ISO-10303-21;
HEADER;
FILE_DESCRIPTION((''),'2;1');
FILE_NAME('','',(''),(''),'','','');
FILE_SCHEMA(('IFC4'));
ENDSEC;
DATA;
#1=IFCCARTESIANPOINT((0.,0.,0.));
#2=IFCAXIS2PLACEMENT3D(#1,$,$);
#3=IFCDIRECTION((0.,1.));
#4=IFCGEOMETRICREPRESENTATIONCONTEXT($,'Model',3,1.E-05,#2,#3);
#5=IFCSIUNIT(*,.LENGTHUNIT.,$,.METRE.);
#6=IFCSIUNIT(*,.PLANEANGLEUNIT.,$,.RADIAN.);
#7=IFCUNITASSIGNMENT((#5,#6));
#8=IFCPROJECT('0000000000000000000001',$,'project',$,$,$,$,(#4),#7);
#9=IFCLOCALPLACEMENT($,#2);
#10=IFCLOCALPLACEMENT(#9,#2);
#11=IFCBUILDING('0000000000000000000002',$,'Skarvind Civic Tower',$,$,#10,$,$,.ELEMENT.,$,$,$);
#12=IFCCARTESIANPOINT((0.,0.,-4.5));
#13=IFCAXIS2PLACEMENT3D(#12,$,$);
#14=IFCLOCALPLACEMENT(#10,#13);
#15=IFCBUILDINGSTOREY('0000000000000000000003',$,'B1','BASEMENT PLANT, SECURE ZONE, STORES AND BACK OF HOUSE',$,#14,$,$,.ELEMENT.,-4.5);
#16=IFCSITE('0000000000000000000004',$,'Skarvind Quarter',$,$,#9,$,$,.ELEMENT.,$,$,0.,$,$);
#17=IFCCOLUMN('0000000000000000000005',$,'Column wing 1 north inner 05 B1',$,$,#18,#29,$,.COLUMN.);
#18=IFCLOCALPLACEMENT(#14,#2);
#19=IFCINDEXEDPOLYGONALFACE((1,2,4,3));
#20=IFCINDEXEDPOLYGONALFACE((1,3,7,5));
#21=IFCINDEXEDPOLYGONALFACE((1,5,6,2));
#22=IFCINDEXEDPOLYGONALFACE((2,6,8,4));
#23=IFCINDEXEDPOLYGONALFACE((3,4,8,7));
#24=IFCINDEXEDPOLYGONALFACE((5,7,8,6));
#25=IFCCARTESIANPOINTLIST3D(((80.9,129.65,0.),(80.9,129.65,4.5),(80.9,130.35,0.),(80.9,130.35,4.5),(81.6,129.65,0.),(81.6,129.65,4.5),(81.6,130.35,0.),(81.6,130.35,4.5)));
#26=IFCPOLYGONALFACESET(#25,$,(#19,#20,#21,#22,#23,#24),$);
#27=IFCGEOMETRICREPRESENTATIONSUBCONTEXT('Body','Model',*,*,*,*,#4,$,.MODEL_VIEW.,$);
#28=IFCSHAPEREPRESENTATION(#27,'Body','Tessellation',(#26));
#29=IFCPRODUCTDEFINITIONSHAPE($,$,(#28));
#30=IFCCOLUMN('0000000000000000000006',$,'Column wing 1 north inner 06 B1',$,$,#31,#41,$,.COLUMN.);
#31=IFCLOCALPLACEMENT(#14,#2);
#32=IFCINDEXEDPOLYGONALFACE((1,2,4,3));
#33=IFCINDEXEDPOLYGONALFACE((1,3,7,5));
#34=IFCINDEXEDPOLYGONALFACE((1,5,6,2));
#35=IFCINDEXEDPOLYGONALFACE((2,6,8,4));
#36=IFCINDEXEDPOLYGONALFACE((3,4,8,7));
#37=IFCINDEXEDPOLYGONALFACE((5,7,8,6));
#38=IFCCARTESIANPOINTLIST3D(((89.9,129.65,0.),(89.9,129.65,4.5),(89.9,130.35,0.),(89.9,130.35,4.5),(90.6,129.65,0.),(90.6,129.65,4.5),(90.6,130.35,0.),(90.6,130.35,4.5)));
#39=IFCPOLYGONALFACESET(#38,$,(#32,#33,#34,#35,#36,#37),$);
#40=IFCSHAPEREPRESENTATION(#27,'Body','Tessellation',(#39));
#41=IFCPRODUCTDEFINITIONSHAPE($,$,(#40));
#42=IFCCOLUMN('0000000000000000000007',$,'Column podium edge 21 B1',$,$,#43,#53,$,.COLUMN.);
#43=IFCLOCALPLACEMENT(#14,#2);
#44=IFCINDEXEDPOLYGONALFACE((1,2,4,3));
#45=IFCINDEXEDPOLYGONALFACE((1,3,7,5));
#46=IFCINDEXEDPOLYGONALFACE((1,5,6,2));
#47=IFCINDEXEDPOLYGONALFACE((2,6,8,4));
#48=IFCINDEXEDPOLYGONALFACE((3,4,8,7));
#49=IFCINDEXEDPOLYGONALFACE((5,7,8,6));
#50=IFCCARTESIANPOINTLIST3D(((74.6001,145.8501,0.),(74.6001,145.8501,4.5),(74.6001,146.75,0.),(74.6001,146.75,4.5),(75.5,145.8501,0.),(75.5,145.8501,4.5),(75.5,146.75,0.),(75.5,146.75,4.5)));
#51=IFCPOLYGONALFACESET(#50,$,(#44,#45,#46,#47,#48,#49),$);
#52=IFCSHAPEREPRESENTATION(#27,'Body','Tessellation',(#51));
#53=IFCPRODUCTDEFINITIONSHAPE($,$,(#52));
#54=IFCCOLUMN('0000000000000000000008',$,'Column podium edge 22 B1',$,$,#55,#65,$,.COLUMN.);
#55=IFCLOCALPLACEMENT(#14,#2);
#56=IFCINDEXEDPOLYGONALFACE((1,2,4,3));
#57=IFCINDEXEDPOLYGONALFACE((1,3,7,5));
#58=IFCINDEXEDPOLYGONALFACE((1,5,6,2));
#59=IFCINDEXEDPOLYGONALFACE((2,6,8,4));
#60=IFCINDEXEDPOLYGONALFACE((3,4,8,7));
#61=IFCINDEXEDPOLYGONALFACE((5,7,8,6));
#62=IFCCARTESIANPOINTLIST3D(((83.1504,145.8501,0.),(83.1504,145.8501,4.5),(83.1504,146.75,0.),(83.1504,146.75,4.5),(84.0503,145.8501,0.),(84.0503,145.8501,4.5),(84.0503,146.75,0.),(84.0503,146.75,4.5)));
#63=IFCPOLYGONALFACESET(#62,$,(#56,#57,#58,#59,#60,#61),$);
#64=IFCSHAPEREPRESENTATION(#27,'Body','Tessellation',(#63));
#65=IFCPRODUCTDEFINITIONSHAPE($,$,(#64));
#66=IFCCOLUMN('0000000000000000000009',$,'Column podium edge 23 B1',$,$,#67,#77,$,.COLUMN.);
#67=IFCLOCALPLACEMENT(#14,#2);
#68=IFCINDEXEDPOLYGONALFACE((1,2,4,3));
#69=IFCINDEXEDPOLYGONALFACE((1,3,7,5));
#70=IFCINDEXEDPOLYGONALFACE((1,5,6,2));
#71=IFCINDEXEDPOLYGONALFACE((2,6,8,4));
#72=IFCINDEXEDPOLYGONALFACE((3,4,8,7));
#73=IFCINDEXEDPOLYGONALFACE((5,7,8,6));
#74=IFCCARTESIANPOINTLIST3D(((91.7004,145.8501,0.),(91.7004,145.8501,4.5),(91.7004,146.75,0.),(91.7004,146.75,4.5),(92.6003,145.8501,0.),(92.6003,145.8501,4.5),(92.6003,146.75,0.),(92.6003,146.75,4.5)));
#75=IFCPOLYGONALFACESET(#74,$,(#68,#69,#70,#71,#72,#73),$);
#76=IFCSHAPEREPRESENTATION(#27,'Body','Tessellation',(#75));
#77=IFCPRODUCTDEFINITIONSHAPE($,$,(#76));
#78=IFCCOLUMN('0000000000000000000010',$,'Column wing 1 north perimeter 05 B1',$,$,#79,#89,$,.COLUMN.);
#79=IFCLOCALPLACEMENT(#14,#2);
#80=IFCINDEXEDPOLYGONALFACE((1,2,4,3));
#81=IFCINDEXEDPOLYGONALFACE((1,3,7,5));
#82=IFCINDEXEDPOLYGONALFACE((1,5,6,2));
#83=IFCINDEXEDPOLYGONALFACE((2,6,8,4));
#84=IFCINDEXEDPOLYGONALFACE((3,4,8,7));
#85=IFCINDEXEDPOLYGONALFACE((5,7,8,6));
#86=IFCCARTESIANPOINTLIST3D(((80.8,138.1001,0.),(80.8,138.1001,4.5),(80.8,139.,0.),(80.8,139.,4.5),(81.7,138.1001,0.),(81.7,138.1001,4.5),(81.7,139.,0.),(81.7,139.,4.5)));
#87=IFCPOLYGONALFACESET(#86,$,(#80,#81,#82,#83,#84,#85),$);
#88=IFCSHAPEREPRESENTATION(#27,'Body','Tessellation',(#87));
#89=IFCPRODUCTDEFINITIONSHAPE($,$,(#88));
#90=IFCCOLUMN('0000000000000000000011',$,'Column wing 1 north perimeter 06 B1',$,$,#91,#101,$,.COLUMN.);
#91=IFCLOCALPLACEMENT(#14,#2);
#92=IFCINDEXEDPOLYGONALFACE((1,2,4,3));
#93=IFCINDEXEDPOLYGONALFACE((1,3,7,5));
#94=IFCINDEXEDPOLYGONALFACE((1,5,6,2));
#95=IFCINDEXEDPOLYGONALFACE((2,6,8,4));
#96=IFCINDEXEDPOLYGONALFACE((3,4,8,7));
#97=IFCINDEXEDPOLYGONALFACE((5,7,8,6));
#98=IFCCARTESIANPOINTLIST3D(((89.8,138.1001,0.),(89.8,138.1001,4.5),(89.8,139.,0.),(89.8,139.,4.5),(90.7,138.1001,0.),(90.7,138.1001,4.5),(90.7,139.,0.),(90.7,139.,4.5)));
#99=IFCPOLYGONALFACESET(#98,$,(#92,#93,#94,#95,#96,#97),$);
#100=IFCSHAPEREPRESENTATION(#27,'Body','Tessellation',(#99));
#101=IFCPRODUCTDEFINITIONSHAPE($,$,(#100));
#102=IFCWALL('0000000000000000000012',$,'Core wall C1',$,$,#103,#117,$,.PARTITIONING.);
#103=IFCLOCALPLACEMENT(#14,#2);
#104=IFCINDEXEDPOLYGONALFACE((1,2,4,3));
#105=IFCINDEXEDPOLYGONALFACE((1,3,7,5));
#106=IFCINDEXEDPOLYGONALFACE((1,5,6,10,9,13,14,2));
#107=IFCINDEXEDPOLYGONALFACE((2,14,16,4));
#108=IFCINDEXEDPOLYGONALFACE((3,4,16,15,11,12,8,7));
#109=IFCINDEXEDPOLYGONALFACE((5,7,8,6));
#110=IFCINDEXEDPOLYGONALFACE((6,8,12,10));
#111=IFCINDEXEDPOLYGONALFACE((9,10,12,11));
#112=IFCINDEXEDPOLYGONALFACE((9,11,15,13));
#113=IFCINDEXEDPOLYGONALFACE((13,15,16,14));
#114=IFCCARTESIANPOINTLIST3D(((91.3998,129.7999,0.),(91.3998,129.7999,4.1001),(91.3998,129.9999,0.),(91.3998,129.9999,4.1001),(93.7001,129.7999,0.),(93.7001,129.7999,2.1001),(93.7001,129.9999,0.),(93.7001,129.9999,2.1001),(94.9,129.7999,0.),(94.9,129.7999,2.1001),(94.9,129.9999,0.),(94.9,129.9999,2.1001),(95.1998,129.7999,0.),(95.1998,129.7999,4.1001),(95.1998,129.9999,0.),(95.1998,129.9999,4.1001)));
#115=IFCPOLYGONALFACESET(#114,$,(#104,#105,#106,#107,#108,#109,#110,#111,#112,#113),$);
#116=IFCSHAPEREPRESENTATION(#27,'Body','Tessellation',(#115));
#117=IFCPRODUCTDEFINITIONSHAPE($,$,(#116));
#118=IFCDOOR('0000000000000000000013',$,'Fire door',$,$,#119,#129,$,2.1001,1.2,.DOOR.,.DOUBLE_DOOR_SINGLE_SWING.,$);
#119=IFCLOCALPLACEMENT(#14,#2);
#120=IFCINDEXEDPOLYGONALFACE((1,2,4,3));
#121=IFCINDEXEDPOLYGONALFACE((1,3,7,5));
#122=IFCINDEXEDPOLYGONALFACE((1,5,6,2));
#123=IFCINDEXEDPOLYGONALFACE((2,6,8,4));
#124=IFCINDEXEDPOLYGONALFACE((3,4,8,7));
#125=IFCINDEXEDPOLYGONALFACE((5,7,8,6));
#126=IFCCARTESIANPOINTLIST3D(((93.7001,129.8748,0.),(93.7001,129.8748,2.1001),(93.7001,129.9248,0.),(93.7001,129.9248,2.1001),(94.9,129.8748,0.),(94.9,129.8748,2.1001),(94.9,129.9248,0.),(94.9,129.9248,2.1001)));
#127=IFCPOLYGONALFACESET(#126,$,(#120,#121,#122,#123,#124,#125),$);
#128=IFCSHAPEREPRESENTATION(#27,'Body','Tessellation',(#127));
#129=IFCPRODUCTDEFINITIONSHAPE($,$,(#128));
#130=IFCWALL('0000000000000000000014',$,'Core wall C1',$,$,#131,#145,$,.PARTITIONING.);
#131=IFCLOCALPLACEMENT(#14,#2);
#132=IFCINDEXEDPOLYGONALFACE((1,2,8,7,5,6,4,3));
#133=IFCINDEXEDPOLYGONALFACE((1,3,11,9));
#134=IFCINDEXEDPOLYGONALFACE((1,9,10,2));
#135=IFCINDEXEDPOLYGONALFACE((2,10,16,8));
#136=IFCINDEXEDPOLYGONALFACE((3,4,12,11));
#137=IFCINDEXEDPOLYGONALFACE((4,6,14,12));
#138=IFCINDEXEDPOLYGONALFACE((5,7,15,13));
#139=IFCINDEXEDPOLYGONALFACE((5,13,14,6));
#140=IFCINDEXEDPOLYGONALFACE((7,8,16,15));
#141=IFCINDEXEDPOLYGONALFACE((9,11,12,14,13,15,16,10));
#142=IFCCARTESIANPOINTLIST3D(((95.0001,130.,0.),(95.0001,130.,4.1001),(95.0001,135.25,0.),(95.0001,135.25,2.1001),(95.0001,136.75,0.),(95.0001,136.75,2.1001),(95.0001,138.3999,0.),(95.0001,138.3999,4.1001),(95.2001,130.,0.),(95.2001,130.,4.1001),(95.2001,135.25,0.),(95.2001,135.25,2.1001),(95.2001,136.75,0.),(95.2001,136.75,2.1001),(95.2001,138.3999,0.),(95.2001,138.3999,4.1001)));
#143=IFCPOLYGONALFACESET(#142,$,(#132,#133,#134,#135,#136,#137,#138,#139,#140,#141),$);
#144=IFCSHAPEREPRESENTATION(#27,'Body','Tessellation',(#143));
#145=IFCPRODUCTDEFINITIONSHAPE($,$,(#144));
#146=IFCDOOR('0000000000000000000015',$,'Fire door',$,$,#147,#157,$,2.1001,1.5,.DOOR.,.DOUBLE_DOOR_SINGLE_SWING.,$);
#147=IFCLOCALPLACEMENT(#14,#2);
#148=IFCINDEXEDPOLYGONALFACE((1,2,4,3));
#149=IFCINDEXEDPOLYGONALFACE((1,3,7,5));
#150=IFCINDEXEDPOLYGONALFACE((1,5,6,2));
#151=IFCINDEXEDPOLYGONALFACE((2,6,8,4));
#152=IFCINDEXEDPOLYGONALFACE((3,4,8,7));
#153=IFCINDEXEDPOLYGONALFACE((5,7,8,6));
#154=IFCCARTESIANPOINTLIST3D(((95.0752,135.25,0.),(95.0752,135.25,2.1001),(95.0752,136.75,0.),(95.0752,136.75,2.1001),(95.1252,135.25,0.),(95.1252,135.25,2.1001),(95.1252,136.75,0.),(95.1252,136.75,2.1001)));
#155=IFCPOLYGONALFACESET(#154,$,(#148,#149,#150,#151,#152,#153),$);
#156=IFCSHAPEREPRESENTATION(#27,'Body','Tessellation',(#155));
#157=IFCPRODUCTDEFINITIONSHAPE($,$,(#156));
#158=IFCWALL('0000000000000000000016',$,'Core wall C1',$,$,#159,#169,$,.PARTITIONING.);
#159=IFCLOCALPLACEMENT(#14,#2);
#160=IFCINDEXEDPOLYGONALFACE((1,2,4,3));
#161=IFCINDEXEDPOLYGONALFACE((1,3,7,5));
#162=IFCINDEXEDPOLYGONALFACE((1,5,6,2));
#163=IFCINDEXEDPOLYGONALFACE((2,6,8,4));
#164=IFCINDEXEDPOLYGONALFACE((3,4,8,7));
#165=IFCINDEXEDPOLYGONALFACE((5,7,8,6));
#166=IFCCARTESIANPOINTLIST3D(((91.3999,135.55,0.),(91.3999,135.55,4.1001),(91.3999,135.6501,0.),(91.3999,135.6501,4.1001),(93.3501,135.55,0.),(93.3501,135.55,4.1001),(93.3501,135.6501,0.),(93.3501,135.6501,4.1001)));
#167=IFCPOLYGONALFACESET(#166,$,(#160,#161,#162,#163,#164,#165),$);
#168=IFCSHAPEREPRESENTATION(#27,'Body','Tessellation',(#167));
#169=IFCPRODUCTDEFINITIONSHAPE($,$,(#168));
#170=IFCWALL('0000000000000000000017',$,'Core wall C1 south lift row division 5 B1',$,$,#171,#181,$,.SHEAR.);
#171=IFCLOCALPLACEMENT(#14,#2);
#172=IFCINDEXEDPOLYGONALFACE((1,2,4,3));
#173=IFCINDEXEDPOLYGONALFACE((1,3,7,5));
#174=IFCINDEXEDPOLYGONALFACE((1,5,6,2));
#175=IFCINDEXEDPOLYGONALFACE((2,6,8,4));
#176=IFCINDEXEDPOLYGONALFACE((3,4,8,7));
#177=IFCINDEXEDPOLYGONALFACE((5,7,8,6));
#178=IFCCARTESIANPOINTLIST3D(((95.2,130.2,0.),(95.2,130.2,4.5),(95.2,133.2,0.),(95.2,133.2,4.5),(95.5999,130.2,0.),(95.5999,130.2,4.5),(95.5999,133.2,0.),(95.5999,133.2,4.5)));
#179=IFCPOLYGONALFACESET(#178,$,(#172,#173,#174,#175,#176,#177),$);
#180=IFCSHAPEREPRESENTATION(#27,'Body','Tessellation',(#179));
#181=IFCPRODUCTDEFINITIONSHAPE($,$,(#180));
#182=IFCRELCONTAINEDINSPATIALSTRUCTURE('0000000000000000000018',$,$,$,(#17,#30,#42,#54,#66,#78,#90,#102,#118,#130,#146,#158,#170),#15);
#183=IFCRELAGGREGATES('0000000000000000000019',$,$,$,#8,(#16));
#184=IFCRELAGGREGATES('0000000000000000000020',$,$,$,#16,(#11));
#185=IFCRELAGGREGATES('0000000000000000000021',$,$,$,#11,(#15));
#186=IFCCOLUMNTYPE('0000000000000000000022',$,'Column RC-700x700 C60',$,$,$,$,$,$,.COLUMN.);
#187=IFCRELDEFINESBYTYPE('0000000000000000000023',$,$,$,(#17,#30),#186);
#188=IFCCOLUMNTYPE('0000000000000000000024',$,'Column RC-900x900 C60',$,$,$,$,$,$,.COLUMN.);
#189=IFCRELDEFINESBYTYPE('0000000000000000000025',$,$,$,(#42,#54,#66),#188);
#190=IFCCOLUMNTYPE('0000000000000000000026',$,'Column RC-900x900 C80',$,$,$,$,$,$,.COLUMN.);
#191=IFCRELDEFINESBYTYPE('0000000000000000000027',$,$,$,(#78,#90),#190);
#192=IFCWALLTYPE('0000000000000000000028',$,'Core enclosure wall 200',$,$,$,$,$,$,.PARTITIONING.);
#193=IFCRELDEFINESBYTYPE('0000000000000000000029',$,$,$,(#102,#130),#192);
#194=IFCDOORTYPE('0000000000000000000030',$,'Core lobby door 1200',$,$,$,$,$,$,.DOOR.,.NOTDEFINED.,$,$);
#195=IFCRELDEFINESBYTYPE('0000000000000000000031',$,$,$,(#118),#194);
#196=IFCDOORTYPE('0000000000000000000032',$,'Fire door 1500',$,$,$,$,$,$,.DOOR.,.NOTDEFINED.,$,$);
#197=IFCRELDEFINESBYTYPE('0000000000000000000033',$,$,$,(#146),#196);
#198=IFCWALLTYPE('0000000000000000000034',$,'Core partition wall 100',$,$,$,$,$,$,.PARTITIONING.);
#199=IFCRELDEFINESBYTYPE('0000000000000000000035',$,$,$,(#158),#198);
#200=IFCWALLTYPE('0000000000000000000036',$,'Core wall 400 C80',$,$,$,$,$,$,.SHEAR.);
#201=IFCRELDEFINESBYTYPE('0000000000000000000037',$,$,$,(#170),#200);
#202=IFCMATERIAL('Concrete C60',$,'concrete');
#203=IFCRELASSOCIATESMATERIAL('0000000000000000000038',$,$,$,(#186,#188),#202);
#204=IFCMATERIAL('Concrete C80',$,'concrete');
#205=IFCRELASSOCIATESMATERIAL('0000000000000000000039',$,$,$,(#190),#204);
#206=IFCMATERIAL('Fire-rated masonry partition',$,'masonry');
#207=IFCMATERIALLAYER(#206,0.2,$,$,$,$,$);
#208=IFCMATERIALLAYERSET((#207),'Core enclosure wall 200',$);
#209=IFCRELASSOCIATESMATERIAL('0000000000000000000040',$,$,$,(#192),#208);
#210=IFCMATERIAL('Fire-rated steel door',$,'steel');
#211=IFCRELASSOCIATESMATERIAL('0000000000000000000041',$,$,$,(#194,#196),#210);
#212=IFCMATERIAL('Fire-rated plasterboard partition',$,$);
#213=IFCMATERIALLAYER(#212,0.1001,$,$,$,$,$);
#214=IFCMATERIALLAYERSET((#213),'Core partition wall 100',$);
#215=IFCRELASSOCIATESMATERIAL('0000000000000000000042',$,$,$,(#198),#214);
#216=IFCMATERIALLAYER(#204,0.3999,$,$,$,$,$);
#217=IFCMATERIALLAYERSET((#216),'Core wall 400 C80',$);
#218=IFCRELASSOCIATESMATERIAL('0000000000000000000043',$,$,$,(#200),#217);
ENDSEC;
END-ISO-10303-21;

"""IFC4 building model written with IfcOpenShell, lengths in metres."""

from ifc_helpers import new_model, si_unit, direction, frame, frame_2d, origin, origin_2d, place, context, subcontext, project, spatial, rectangle, extrude, material, layer, layer_set, material_profile, profile_set, type_object, element, fill, save


model = new_model("IFC4")

# Units and contexts
model_context = context("Model", 3, precision=1e-05, world=origin(), true_north=direction((0.0, 1.0)))
body_context = subcontext(model_context, "Body", "Model", "MODEL_VIEW")
ifc_project = project(units=[si_unit("LENGTHUNIT", "METRE"), si_unit("PLANEANGLEUNIT", "RADIAN")], contexts=[model_context])

# Site, building, storey
site_placement = place(None, origin())
site = spatial("IfcSite", under=ifc_project, at=site_placement, Name="Skarvind Quarter", CompositionType="ELEMENT", RefElevation=0.0)
building_placement = place(site_placement, origin())
building = spatial("IfcBuilding", under=site, at=building_placement, Name="Skarvind Civic Tower", CompositionType="ELEMENT")
storey_placement = place(building_placement, frame((0.0, 0.0, -4.5)))
storey = spatial("IfcBuildingStorey", under=building, at=storey_placement, Name="B1", Description="BASEMENT PLANT, SECURE ZONE, STORES AND BACK OF HOUSE", CompositionType="ELEMENT", Elevation=-4.5)

# Columns
ifc_material_1 = material(Name="Concrete C60", Category="concrete")
ifc_material_profile_1 = material_profile(ifc_material_1, rectangle(XDim=0.7, YDim=0.7, at=origin_2d()), Name="RC-700x700")
ifc_profile_set_1 = profile_set([ifc_material_profile_1], Name="Concrete C60")
column_type_1 = type_object("IfcColumnType", Name="Column RC-700x700 C60", PredefinedType="COLUMN", material=ifc_profile_set_1)
for number, where, z_axis, x_axis, name in (
    (1, (81.25, 130.0, 0.0), (0.0, 0.0, 1.0), (1.0, 0.0, 0.0), "Column wing 1 north inner 05 B1"),
    (2, (90.25, 130.0, 0.0), (0.0, 0.0, 1.0), (1.0, 0.0, 0.0), "Column wing 1 north inner 06 B1"),
):
    element("IfcColumn", number, at=place(storey_placement, frame(where, z_axis=z_axis, x_axis=x_axis)), inside=storey, type_object=column_type_1, Name=name, PredefinedType="COLUMN", context=body_context, shape_type="SweptSolid", body=[
        extrude(rectangle(XDim=0.7, YDim=0.7, at=origin_2d()), origin(), (0.0, 0.0, 1.0), 4.5),
    ])
ifc_material_profile_2 = material_profile(ifc_material_1, rectangle(XDim=0.8999, YDim=0.8999, at=origin_2d()), Name="RC-900x900")
ifc_profile_set_2 = profile_set([ifc_material_profile_2], Name="Concrete C60")
column_type_2 = type_object("IfcColumnType", Name="Column RC-900x900 C60", PredefinedType="COLUMN", material=ifc_profile_set_2)
for number, where, z_axis, x_axis, name in (
    (3, (75.05, 146.3, 0.0), (0.0, 0.0, 1.0), (1.0, 0.0, 0.0), "Column podium edge 21 B1"),
    (4, (83.6003, 146.3, 0.0), (0.0, 0.0, 1.0), (1.0, 0.0, 0.0), "Column podium edge 22 B1"),
    (5, (92.1504, 146.3, 0.0), (0.0, 0.0, 1.0), (1.0, 0.0, 0.0), "Column podium edge 23 B1"),
):
    element("IfcColumn", number, at=place(storey_placement, frame(where, z_axis=z_axis, x_axis=x_axis)), inside=storey, type_object=column_type_2, Name=name, PredefinedType="COLUMN", context=body_context, shape_type="SweptSolid", body=[
        extrude(rectangle(XDim=0.8999, YDim=0.8999, at=origin_2d()), origin(), (0.0, 0.0, 1.0), 4.5),
    ])
ifc_material_2 = material(Name="Concrete C80", Category="concrete")
ifc_material_profile_3 = material_profile(ifc_material_2, rectangle(XDim=0.8999, YDim=0.8999, at=origin_2d()), Name="RC-900x900")
ifc_profile_set_3 = profile_set([ifc_material_profile_3], Name="Concrete C80")
column_type_3 = type_object("IfcColumnType", Name="Column RC-900x900 C80", PredefinedType="COLUMN", material=ifc_profile_set_3)
for number, where, z_axis, x_axis, name in (
    (6, (81.25, 138.55, 0.0), (0.0, 0.0, 1.0), (1.0, 0.0, 0.0), "Column wing 1 north perimeter 05 B1"),
    (7, (90.25, 138.55, 0.0), (0.0, 0.0, 1.0), (1.0, 0.0, 0.0), "Column wing 1 north perimeter 06 B1"),
):
    element("IfcColumn", number, at=place(storey_placement, frame(where, z_axis=z_axis, x_axis=x_axis)), inside=storey, type_object=column_type_3, Name=name, PredefinedType="COLUMN", context=body_context, shape_type="SweptSolid", body=[
        extrude(rectangle(XDim=0.8999, YDim=0.8999, at=origin_2d()), origin(), (0.0, 0.0, 1.0), 4.5),
    ])

# Walls, openings, doors
ifc_material_3 = material(Name="Fire-rated masonry partition", Category="masonry")
ifc_layer_1 = layer(ifc_material_3, 0.2)
ifc_layer_set_1 = layer_set([ifc_layer_1], Name="Core enclosure wall 200")
wall_type_1 = type_object("IfcWallType", Name="Core enclosure wall 200", PredefinedType="PARTITIONING", material=ifc_layer_set_1)
wall_1_placement = place(storey_placement, frame((91.3999, 129.8999, 0.0), z_axis=(0.0, 0.0, 1.0), x_axis=(1.0, 0.0, 0.0)))
wall_1 = element("IfcWall", 8, at=wall_1_placement, inside=storey, type_object=wall_type_1, Name="Core wall C1", PredefinedType="PARTITIONING", context=body_context, shape_type="SweptSolid", body=[
    extrude(rectangle(XDim=3.8, YDim=0.2, at=frame_2d((1.8999, 0.0))), origin(), (0.0, 0.0, 1.0), 4.1001),
])
opening_1_placement = place(wall_1_placement, frame((2.3, 0.0, 0.0)))
opening_1 = element("IfcOpeningElement", 9, at=opening_1_placement, cuts=wall_1, PredefinedType="OPENING", context=body_context, shape_type="SweptSolid", body=[
    extrude(rectangle(XDim=1.2, YDim=2.1001, at=frame_2d((0.6001, 1.05))), frame((0.0, 0.1099, 0.0), z_axis=(0.0, -1.0, 0.0), x_axis=(1.0, 0.0, 0.0)), (0.0, 0.0, 1.0), 0.22),
])
ifc_material_4 = material(Name="Fire-rated steel door", Category="steel")
door_type_1 = type_object("IfcDoorType", Name="Core lobby door 1200", OperationType="NOTDEFINED", PredefinedType="DOOR", material=ifc_material_4)
door_1_placement = place(opening_1_placement, origin())
door_1 = element("IfcDoor", 10, at=door_1_placement, inside=storey, type_object=door_type_1, Name="Fire door", OperationType="DOUBLE_DOOR_SINGLE_SWING", OverallHeight=2.1001, OverallWidth=1.2, PredefinedType="DOOR", context=body_context, shape_type="SweptSolid", body=[
    extrude(rectangle(XDim=1.2, YDim=2.1001, at=frame_2d((0.6001, 1.05))), frame((0.0, 0.0249, 0.0), z_axis=(0.0, -1.0, 0.0), x_axis=(1.0, 0.0, 0.0)), (0.0, 0.0, 1.0), 0.05),
])
fill(opening_1, door_1)
wall_2_placement = place(storey_placement, frame((95.1001, 130.0, 0.0), z_axis=(0.0, 0.0, 1.0), x_axis=(0.0, 1.0, 0.0)))
wall_2 = element("IfcWall", 11, at=wall_2_placement, inside=storey, type_object=wall_type_1, Name="Core wall C1", PredefinedType="PARTITIONING", context=body_context, shape_type="SweptSolid", body=[
    extrude(rectangle(XDim=8.3999, YDim=0.2, at=frame_2d((4.2, 0.0))), origin(), (0.0, 0.0, 1.0), 4.1001),
])
opening_2_placement = place(wall_2_placement, frame((5.25, 0.0, 0.0)))
opening_2 = element("IfcOpeningElement", 12, at=opening_2_placement, cuts=wall_2, PredefinedType="OPENING", context=body_context, shape_type="SweptSolid", body=[
    extrude(rectangle(XDim=1.5, YDim=2.1001, at=frame_2d((0.75, 1.05))), frame((0.0, 0.1099, 0.0), z_axis=(0.0, -1.0, 0.0), x_axis=(1.0, 0.0, 0.0)), (0.0, 0.0, 1.0), 0.22),
])
door_type_2 = type_object("IfcDoorType", Name="Fire door 1500", OperationType="NOTDEFINED", PredefinedType="DOOR", material=ifc_material_4)
door_2_placement = place(opening_2_placement, origin())
door_2 = element("IfcDoor", 13, at=door_2_placement, inside=storey, type_object=door_type_2, Name="Fire door", OperationType="DOUBLE_DOOR_SINGLE_SWING", OverallHeight=2.1001, OverallWidth=1.5, PredefinedType="DOOR", context=body_context, shape_type="SweptSolid", body=[
    extrude(rectangle(XDim=1.5, YDim=2.1001, at=frame_2d((0.75, 1.05))), frame((0.0, 0.0249, 0.0), z_axis=(0.0, -1.0, 0.0), x_axis=(1.0, 0.0, 0.0)), (0.0, 0.0, 1.0), 0.05),
])
fill(opening_2, door_2)

# Walls
ifc_material_5 = material(Name="Fire-rated plasterboard partition")
ifc_layer_2 = layer(ifc_material_5, 0.1001)
ifc_layer_set_2 = layer_set([ifc_layer_2], Name="Core partition wall 100")
wall_type_2 = type_object("IfcWallType", Name="Core partition wall 100", PredefinedType="PARTITIONING", material=ifc_layer_set_2)
wall_3_placement = place(storey_placement, frame((91.3999, 135.6001, 0.0), z_axis=(0.0, 0.0, 1.0), x_axis=(1.0, 0.0, 0.0)))
element("IfcWall", 14, at=wall_3_placement, inside=storey, type_object=wall_type_2, Name="Core wall C1", PredefinedType="PARTITIONING", context=body_context, shape_type="SweptSolid", body=[
    extrude(rectangle(XDim=1.9502, YDim=0.1001, at=frame_2d((0.9751, 0.0))), origin(), (0.0, 0.0, 1.0), 4.1001),
])
ifc_layer_3 = layer(ifc_material_2, 0.3999)
ifc_layer_set_3 = layer_set([ifc_layer_3], Name="Core wall 400 C80")
wall_type_3 = type_object("IfcWallType", Name="Core wall 400 C80", PredefinedType="SHEAR", material=ifc_layer_set_3)
wall_4_placement = place(storey_placement, frame((95.3999, 133.2, 0.0), z_axis=(0.0, 0.0, 1.0), x_axis=(0.0, -1.0, 0.0)))
element("IfcWall", 15, at=wall_4_placement, inside=storey, type_object=wall_type_3, Name="Core wall C1 south lift row division 5 B1", PredefinedType="SHEAR", context=body_context, shape_type="SweptSolid", body=[
    extrude(rectangle(XDim=3.0, YDim=0.3999, at=frame_2d((1.5, 0.0))), origin(), (0.0, 0.0, 1.0), 4.5),
])

save(model, "model.ifc")
